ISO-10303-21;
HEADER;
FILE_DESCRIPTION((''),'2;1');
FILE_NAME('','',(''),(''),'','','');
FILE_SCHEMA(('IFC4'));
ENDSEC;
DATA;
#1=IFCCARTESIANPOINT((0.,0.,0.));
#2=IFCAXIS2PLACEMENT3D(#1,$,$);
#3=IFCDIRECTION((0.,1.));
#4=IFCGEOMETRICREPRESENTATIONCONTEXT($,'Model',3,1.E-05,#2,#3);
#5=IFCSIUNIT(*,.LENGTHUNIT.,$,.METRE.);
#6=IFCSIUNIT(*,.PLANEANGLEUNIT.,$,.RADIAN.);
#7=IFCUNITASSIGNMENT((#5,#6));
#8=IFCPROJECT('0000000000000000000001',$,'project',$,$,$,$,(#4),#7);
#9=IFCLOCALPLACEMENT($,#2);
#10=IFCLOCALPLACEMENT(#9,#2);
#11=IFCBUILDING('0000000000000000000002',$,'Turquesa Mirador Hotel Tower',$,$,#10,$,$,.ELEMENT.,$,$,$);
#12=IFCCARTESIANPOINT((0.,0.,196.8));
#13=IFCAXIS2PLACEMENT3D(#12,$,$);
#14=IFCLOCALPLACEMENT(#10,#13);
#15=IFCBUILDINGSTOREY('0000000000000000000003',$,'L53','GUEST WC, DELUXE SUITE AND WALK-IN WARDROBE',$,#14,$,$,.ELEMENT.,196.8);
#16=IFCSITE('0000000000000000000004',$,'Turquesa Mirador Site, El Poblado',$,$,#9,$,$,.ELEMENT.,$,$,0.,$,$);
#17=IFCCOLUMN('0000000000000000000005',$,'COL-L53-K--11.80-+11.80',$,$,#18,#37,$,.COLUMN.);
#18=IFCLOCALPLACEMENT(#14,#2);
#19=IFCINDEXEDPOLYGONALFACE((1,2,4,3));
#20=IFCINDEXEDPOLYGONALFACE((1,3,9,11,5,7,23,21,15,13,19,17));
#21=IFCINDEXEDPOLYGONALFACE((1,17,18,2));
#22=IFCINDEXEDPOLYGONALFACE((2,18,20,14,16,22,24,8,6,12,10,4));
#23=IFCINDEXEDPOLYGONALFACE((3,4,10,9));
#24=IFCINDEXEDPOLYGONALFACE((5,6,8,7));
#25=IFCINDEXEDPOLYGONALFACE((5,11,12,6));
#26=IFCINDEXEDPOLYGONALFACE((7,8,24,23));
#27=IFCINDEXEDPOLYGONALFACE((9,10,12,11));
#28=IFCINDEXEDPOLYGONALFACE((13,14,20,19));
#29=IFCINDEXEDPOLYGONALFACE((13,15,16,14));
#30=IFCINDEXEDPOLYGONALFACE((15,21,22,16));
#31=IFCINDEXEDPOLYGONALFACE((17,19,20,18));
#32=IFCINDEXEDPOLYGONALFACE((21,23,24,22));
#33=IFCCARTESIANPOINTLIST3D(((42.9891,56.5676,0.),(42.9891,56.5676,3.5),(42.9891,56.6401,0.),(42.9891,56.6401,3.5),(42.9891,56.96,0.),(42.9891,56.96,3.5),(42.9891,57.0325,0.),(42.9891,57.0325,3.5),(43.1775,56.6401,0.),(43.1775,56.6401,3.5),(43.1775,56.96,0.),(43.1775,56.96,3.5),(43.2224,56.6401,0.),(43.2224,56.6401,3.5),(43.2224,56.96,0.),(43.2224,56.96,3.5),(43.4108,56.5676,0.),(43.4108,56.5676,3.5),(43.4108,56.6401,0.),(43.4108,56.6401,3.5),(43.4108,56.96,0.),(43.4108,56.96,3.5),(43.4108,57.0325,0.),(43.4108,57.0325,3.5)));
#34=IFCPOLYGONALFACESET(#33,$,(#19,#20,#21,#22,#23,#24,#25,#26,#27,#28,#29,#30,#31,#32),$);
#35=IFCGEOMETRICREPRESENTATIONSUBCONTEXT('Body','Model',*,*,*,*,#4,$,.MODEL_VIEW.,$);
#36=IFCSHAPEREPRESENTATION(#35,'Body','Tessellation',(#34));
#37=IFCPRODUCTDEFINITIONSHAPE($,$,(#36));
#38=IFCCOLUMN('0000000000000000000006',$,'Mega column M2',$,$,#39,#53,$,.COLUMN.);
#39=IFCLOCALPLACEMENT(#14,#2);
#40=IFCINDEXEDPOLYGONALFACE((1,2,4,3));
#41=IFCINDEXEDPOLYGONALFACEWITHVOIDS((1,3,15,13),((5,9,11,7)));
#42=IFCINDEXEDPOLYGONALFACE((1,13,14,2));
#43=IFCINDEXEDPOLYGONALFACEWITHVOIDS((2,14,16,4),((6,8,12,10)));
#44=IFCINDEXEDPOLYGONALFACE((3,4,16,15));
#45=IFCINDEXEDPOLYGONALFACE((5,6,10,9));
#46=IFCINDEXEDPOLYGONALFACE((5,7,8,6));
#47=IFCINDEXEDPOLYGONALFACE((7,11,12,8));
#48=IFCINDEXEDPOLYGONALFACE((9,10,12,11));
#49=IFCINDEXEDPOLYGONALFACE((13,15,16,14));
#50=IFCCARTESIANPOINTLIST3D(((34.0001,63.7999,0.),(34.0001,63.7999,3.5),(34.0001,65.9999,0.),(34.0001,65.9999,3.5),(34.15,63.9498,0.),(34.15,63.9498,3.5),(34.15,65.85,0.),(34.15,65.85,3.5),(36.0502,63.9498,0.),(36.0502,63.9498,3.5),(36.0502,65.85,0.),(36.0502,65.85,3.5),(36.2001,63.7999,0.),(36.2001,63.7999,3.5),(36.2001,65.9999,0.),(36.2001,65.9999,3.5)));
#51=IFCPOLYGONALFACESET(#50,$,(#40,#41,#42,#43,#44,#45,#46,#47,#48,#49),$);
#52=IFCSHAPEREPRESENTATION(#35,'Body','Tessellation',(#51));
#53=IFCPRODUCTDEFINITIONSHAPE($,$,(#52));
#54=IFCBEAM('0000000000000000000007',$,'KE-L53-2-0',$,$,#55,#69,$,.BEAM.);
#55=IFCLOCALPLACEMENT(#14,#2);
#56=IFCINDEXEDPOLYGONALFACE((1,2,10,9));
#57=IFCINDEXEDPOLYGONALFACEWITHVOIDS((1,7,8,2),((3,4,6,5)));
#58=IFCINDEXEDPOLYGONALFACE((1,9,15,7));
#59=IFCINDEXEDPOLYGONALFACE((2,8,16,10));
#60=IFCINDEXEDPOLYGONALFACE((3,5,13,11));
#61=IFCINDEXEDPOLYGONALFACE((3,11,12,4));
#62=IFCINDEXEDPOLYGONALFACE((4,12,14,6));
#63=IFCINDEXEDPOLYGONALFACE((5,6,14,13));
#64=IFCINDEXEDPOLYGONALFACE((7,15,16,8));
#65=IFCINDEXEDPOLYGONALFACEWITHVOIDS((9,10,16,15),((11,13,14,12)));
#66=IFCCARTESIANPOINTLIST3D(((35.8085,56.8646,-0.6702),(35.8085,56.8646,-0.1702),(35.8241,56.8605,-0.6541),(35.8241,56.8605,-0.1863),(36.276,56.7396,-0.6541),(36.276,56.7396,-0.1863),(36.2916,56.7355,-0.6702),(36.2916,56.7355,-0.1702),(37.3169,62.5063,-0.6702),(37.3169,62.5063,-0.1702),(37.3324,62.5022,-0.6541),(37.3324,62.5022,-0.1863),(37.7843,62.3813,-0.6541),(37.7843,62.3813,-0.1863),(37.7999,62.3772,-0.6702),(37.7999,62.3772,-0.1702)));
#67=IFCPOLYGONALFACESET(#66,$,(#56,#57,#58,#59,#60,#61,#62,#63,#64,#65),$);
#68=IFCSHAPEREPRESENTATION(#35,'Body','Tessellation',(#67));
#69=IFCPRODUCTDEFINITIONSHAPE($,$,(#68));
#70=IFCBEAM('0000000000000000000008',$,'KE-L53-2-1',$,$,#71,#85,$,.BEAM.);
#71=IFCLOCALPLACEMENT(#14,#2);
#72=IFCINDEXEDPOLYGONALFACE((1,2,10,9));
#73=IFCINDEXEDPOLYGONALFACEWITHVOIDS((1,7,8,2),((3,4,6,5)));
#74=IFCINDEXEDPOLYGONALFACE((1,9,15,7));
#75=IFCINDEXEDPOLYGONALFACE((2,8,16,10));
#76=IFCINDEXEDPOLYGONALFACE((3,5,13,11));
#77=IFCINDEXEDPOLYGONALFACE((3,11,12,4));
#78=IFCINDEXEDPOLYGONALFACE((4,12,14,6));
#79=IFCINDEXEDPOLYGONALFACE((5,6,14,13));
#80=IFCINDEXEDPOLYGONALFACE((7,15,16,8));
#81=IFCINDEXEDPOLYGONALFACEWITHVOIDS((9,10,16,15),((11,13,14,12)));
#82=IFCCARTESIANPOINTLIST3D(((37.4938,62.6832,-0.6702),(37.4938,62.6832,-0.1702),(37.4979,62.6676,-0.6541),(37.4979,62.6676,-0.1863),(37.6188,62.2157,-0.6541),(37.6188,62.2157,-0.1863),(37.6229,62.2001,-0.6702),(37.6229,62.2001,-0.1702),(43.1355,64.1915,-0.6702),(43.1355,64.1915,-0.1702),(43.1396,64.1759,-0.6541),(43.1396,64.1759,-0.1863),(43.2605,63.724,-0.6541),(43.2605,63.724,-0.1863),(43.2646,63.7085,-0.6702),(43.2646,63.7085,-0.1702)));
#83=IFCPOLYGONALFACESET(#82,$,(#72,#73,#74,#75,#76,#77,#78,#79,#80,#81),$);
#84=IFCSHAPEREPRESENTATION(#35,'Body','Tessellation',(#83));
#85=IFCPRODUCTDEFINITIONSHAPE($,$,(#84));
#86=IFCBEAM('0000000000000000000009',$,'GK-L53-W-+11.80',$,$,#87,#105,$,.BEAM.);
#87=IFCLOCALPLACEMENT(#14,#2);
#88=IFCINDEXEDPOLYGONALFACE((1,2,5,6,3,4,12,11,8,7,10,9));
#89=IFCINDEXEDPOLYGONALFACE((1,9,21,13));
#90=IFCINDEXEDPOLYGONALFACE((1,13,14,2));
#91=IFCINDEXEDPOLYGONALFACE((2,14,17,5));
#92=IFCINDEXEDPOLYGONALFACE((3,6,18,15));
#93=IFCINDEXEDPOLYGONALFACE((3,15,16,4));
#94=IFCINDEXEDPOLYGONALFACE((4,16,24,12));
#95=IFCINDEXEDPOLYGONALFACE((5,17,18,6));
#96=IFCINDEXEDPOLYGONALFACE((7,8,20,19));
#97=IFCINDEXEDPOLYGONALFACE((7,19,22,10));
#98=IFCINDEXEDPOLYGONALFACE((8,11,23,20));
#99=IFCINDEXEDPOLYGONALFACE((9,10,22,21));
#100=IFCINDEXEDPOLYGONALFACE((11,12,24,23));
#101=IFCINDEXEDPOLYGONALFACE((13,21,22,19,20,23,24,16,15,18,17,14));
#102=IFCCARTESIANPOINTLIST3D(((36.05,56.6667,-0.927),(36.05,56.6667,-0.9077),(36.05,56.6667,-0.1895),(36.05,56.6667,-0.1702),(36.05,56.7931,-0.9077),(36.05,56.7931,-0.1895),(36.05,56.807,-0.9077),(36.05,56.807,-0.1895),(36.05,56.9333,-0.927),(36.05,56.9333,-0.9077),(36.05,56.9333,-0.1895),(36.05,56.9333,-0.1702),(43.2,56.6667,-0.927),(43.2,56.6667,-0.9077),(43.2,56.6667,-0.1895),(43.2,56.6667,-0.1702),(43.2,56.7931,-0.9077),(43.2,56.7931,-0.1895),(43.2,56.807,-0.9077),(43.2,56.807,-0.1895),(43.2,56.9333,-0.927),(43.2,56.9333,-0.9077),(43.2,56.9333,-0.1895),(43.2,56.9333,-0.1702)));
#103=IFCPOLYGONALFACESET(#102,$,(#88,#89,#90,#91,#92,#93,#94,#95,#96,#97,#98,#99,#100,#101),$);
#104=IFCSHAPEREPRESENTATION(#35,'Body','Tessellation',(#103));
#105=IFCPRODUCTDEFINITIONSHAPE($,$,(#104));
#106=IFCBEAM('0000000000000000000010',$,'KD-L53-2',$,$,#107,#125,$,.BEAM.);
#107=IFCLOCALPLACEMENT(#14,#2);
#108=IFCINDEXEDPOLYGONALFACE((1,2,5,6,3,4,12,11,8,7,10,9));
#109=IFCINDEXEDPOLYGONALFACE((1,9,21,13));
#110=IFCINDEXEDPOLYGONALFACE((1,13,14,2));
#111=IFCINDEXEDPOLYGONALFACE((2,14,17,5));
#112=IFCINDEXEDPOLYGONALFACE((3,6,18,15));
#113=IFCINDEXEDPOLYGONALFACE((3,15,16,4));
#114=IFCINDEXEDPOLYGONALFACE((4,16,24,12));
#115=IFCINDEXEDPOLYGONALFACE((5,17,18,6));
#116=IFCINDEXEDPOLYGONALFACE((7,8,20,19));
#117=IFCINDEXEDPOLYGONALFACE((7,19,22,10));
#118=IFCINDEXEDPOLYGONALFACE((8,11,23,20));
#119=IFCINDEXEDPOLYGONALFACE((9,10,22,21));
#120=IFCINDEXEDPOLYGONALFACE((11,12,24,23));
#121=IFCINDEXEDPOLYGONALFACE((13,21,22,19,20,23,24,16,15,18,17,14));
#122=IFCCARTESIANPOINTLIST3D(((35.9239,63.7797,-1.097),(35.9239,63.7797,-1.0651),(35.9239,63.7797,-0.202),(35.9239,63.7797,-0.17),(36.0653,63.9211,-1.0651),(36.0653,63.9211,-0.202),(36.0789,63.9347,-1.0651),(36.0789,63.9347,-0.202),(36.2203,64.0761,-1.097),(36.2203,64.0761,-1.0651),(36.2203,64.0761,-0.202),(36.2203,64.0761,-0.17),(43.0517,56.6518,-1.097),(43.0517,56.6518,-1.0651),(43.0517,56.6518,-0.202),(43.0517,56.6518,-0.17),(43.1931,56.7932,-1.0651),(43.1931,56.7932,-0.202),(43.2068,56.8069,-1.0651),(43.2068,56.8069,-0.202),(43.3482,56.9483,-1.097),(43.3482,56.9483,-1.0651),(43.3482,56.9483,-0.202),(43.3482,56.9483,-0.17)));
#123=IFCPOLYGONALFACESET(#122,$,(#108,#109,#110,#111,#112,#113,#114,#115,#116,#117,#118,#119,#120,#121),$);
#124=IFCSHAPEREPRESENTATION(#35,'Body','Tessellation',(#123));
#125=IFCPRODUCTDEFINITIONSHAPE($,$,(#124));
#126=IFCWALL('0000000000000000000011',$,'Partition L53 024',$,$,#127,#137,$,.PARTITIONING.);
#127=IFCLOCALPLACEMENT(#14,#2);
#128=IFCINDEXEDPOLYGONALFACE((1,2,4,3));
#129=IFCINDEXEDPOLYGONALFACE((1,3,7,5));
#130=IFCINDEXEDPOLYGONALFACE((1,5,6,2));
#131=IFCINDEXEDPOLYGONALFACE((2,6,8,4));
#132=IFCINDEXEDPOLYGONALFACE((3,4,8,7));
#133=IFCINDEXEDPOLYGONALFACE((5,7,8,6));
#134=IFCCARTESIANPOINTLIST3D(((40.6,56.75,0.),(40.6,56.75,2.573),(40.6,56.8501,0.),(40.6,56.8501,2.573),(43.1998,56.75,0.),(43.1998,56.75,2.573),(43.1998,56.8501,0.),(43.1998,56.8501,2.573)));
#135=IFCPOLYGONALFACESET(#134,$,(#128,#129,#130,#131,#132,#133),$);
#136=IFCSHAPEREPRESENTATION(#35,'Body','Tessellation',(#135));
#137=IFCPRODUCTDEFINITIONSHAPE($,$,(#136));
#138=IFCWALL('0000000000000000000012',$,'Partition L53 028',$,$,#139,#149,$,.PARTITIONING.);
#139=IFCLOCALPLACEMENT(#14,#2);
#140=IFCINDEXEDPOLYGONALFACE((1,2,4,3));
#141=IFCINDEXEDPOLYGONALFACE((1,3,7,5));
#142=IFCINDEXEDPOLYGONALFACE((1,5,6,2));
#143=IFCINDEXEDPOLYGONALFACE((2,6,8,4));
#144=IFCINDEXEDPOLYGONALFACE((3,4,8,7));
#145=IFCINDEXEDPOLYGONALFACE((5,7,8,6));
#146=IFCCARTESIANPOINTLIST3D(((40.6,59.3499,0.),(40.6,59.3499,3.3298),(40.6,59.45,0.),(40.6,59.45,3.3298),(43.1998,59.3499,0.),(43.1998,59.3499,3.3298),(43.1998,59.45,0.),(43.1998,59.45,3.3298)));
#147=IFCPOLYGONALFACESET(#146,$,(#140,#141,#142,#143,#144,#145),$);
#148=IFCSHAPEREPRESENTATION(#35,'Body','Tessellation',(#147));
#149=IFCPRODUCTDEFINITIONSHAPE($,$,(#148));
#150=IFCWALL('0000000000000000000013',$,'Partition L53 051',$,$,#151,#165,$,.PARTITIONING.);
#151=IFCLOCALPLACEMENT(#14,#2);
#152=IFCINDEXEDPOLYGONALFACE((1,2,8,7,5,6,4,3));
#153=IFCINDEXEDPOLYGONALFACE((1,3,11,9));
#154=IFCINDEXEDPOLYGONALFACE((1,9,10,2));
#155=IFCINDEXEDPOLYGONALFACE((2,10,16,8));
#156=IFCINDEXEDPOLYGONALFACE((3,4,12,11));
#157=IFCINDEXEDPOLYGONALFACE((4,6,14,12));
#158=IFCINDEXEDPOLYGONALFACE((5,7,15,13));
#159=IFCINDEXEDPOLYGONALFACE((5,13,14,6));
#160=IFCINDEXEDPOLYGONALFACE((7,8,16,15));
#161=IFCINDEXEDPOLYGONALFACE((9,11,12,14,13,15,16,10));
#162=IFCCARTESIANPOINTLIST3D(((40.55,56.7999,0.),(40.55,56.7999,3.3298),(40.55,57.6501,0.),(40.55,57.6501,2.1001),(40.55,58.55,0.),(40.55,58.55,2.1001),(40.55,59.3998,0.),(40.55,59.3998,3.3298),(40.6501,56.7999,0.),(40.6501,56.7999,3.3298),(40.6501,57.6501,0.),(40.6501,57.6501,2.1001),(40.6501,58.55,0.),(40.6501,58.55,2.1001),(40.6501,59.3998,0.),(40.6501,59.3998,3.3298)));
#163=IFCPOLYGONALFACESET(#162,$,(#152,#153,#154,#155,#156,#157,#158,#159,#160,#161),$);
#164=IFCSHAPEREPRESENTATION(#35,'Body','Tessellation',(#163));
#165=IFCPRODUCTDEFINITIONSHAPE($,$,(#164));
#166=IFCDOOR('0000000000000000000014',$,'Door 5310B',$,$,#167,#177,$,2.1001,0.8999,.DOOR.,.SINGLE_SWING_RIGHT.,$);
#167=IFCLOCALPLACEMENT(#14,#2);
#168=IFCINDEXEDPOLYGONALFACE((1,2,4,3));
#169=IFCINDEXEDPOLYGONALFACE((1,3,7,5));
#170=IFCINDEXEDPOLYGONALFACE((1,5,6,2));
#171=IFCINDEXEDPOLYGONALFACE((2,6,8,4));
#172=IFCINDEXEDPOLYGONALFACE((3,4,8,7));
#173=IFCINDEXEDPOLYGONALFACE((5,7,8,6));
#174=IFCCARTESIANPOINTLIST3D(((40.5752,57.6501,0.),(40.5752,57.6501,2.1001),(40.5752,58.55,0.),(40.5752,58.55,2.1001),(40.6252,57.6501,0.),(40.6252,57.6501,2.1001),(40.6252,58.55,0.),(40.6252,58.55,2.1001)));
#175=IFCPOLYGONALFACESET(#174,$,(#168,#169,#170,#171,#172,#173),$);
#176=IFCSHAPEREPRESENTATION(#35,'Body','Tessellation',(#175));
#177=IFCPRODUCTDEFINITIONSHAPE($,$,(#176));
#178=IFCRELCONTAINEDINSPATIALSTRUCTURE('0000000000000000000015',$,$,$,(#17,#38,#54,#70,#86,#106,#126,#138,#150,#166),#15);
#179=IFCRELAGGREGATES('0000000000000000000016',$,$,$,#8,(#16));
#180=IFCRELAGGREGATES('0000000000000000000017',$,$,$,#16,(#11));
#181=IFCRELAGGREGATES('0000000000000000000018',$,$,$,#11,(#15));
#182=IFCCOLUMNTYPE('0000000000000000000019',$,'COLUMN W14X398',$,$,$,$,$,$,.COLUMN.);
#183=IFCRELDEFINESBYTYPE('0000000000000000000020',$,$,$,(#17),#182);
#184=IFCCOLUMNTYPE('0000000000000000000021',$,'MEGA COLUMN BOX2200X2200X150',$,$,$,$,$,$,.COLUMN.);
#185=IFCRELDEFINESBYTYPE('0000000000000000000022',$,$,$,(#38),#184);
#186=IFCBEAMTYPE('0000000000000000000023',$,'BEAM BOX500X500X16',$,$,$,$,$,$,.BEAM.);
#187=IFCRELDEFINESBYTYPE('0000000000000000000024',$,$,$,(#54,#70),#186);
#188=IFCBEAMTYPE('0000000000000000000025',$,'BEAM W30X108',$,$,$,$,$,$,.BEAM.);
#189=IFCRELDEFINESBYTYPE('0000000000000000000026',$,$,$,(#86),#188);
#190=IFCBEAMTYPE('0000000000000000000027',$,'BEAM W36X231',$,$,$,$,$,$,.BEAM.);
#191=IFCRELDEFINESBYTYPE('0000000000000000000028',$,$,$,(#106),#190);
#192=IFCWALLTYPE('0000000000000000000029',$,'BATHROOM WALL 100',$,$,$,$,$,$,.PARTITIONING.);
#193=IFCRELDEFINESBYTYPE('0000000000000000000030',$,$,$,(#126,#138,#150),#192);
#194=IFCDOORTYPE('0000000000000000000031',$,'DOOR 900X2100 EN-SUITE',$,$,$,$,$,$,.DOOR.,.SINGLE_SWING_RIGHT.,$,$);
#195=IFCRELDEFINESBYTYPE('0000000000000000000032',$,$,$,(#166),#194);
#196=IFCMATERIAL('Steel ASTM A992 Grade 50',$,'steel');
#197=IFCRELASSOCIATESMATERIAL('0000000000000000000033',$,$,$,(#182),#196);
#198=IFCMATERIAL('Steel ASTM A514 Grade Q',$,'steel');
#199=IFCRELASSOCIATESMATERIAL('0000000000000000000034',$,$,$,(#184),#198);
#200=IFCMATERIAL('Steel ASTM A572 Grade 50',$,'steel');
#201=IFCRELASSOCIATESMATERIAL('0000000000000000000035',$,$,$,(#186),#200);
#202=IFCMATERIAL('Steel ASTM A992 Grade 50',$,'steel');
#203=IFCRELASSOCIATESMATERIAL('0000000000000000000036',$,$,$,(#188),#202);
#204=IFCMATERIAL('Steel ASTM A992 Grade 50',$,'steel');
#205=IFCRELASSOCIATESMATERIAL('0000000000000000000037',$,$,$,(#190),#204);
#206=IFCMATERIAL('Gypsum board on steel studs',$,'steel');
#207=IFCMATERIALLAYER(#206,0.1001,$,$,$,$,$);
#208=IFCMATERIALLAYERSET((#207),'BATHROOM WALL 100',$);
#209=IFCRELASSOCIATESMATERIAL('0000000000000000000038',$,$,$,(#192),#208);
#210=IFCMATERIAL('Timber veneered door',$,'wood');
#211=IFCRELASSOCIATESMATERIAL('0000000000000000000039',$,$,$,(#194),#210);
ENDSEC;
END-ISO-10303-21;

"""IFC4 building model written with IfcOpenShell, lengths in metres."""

from ifc_helpers import new_model, si_unit, direction, frame, frame_2d, origin, origin_2d, place, context, subcontext, project, spatial, rectangle, hollow_rectangle, i_section, extrude, material, layer, layer_set, material_profile, profile_set, type_object, element, fill, save


model = new_model("IFC4")

# Units and contexts
model_context = context("Model", 3, precision=1e-05, world=origin(), true_north=direction((0.0, 1.0)))
body_context = subcontext(model_context, "Body", "Model", "MODEL_VIEW")
ifc_project = project(units=[si_unit("LENGTHUNIT", "METRE"), si_unit("PLANEANGLEUNIT", "RADIAN")], contexts=[model_context])

# Site, building, storey
site_placement = place(None, origin())
site = spatial("IfcSite", under=ifc_project, at=site_placement, Name="Turquesa Mirador Site, El Poblado", CompositionType="ELEMENT", RefElevation=0.0)
building_placement = place(site_placement, origin())
building = spatial("IfcBuilding", under=site, at=building_placement, Name="Turquesa Mirador Hotel Tower", CompositionType="ELEMENT")
storey_placement = place(building_placement, frame((0.0, 0.0, 196.8)))
storey = spatial("IfcBuildingStorey", under=building, at=storey_placement, Name="L53", Description="GUEST WC, DELUXE SUITE AND WALK-IN WARDROBE", CompositionType="ELEMENT", Elevation=196.8)

# Columns
ifc_material_1 = material(Name="Steel ASTM A992 Grade 50", Category="steel")
ifc_material_profile_1 = material_profile(ifc_material_1, i_section(OverallWidth=0.4216, OverallDepth=0.4648, WebThickness=0.0449, FlangeThickness=0.0725, at=origin_2d()), Name="W14X398")
ifc_profile_set_1 = profile_set([ifc_material_profile_1], Name="Steel ASTM A992 Grade 50")
column_type_1 = type_object("IfcColumnType", Name="COLUMN W14X398", PredefinedType="COLUMN", material=ifc_profile_set_1)
column_1_placement = place(storey_placement, frame((43.2, 56.8, 0.0), z_axis=(0.0, 0.0, 1.0), x_axis=(1.0, 0.0, 0.0)))
element("IfcColumn", 1, at=column_1_placement, inside=storey, type_object=column_type_1, Name="COL-L53-K--11.80-+11.80", PredefinedType="COLUMN", context=body_context, shape_type="SweptSolid", body=[
    extrude(i_section(OverallWidth=0.4216, OverallDepth=0.4648, WebThickness=0.0449, FlangeThickness=0.0725, at=origin_2d()), origin(), (0.0, 0.0, 1.0), 3.5),
])
ifc_material_2 = material(Name="Steel ASTM A514 Grade Q", Category="steel")
ifc_material_profile_2 = material_profile(ifc_material_2, hollow_rectangle(XDim=2.2, YDim=2.2, WallThickness=0.1499, at=origin_2d()), Name="BOX2200X2200X150")
ifc_profile_set_2 = profile_set([ifc_material_profile_2], Name="Steel ASTM A514 Grade Q")
column_type_2 = type_object("IfcColumnType", Name="MEGA COLUMN BOX2200X2200X150", PredefinedType="COLUMN", material=ifc_profile_set_2)
column_2_placement = place(storey_placement, frame((35.1001, 64.8999, 0.0), z_axis=(0.0, 0.0, 1.0), x_axis=(1.0, 0.0, 0.0)))
element("IfcColumn", 2, at=column_2_placement, inside=storey, type_object=column_type_2, Name="Mega column M2", PredefinedType="COLUMN", context=body_context, shape_type="SweptSolid", body=[
    extrude(hollow_rectangle(XDim=2.2, YDim=2.2, WallThickness=0.1499, at=origin_2d()), origin(), (0.0, 0.0, 1.0), 3.5),
])

# Beams
ifc_material_3 = material(Name="Steel ASTM A572 Grade 50", Category="steel")
ifc_material_profile_3 = material_profile(ifc_material_3, hollow_rectangle(XDim=0.5, YDim=0.5, WallThickness=0.0161, at=origin_2d()), Name="BOX500X500X16")
ifc_profile_set_3 = profile_set([ifc_material_profile_3], Name="Steel ASTM A572 Grade 50")
beam_type_1 = type_object("IfcBeamType", Name="BEAM BOX500X500X16", PredefinedType="BEAM", material=ifc_profile_set_3)
for number, where, z_axis, x_axis, name in (
    (3, (36.05, 56.8, -0.4202), (0.258282, 0.96607, 0.0), (-0.96607, 0.258282, 0.0), "KE-L53-2-0"),
    (4, (37.5583, 62.4417, -0.4202), (0.96607, 0.258282, 0.0), (-0.258282, 0.96607, 0.0), "KE-L53-2-1"),
):
    element("IfcBeam", number, at=place(storey_placement, frame(where, z_axis=z_axis, x_axis=x_axis)), inside=storey, type_object=beam_type_1, Name=name, PredefinedType="BEAM", context=body_context, shape_type="SweptSolid", body=[
        extrude(hollow_rectangle(XDim=0.5, YDim=0.5, WallThickness=0.0161, at=origin_2d()), origin(), (0.0, 0.0, 1.0), 5.8398),
    ])
ifc_material_4 = material(Name="Steel ASTM A992 Grade 50", Category="steel")
ifc_material_profile_4 = material_profile(ifc_material_4, i_section(OverallWidth=0.2666, OverallDepth=0.7568, WebThickness=0.0139, FlangeThickness=0.0193, at=origin_2d()), Name="W30X108")
ifc_profile_set_4 = profile_set([ifc_material_profile_4], Name="Steel ASTM A992 Grade 50")
beam_type_2 = type_object("IfcBeamType", Name="BEAM W30X108", PredefinedType="BEAM", material=ifc_profile_set_4)
beam_1_placement = place(storey_placement, frame((36.05, 56.8, -0.5486), z_axis=(1.0, 0.0, 0.0), x_axis=(0.0, 1.0, 0.0)))
element("IfcBeam", 5, at=beam_1_placement, inside=storey, type_object=beam_type_2, Name="GK-L53-W-+11.80", PredefinedType="BEAM", context=body_context, shape_type="SweptSolid", body=[
    extrude(i_section(OverallWidth=0.2666, OverallDepth=0.7568, WebThickness=0.0139, FlangeThickness=0.0193, at=origin_2d()), origin(), (0.0, 0.0, 1.0), 7.1499),
])
ifc_material_5 = material(Name="Steel ASTM A992 Grade 50", Category="steel")
ifc_material_profile_5 = material_profile(ifc_material_5, i_section(OverallWidth=0.4192, OverallDepth=0.927, WebThickness=0.0193, FlangeThickness=0.032, at=origin_2d()), Name="W36X231")
ifc_profile_set_5 = profile_set([ifc_material_profile_5], Name="Steel ASTM A992 Grade 50")
beam_type_3 = type_object("IfcBeamType", Name="BEAM W36X231", PredefinedType="BEAM", material=ifc_profile_set_5)
beam_2_placement = place(storey_placement, frame((43.2, 56.8, -0.6335), z_axis=(-0.707107, 0.707107, 0.0), x_axis=(-0.707107, -0.707107, 0.0)))
element("IfcBeam", 6, at=beam_2_placement, inside=storey, type_object=beam_type_3, Name="KD-L53-2", PredefinedType="BEAM", context=body_context, shape_type="SweptSolid", body=[
    extrude(i_section(OverallWidth=0.4192, OverallDepth=0.927, WebThickness=0.0193, FlangeThickness=0.032, at=origin_2d()), origin(), (0.0, 0.0, 1.0), 10.0803),
])

# Walls
ifc_material_6 = material(Name="Gypsum board on steel studs", Category="steel")
ifc_layer_1 = layer(ifc_material_6, 0.1001)
ifc_layer_set_1 = layer_set([ifc_layer_1], Name="BATHROOM WALL 100")
wall_type_1 = type_object("IfcWallType", Name="BATHROOM WALL 100", PredefinedType="PARTITIONING", material=ifc_layer_set_1)
wall_1_placement = place(storey_placement, frame((40.6001, 56.8, 0.0), z_axis=(0.0, 0.0, 1.0), x_axis=(1.0, 0.0, 0.0)))
element("IfcWall", 7, at=wall_1_placement, inside=storey, type_object=wall_type_1, Name="Partition L53 024", PredefinedType="PARTITIONING", context=body_context, shape_type="SweptSolid", body=[
    extrude(rectangle(XDim=2.5999, YDim=0.1001, at=frame_2d((1.2998, 0.0))), origin(), (0.0, 0.0, 1.0), 2.573),
])
wall_2_placement = place(storey_placement, frame((40.6001, 59.3999, 0.0), z_axis=(0.0, 0.0, 1.0), x_axis=(1.0, 0.0, 0.0)))
element("IfcWall", 8, at=wall_2_placement, inside=storey, type_object=wall_type_1, Name="Partition L53 028", PredefinedType="PARTITIONING", context=body_context, shape_type="SweptSolid", body=[
    extrude(rectangle(XDim=2.5999, YDim=0.1001, at=frame_2d((1.2998, 0.0))), origin(), (0.0, 0.0, 1.0), 3.3298),
])

# Wall, opening, door
wall_3_placement = place(storey_placement, frame((40.6001, 56.8, 0.0), z_axis=(0.0, 0.0, 1.0), x_axis=(0.0, 1.0, 0.0)))
wall_3 = element("IfcWall", 9, at=wall_3_placement, inside=storey, type_object=wall_type_1, Name="Partition L53 051", PredefinedType="PARTITIONING", context=body_context, shape_type="SweptSolid", body=[
    extrude(rectangle(XDim=2.5999, YDim=0.1001, at=frame_2d((1.2998, 0.0))), origin(), (0.0, 0.0, 1.0), 3.3298),
])
opening_1_placement = place(wall_3_placement, frame((0.8501, 0.0, 0.0)))
opening_1 = element("IfcOpeningElement", 10, at=opening_1_placement, cuts=wall_3, PredefinedType="OPENING", context=body_context, shape_type="SweptSolid", body=[
    extrude(rectangle(XDim=0.8999, YDim=2.1001, at=frame_2d((0.45, 1.05))), frame((0.0, 0.0601, 0.0), z_axis=(0.0, -1.0, 0.0), x_axis=(1.0, 0.0, 0.0)), (0.0, 0.0, 1.0), 0.1201),
])
ifc_material_7 = material(Name="Timber veneered door", Category="wood")
door_type_1 = type_object("IfcDoorType", Name="DOOR 900X2100 EN-SUITE", OperationType="SINGLE_SWING_RIGHT", PredefinedType="DOOR", material=ifc_material_7)
door_1_placement = place(opening_1_placement, origin())
door_1 = element("IfcDoor", 11, at=door_1_placement, inside=storey, type_object=door_type_1, Name="Door 5310B", OperationType="SINGLE_SWING_RIGHT", OverallHeight=2.1001, OverallWidth=0.8999, PredefinedType="DOOR", context=body_context, shape_type="SweptSolid", body=[
    extrude(rectangle(XDim=0.8999, YDim=2.1001, at=frame_2d((0.45, 1.05))), frame((0.0, 0.0249, 0.0), z_axis=(0.0, -1.0, 0.0), x_axis=(1.0, 0.0, 0.0)), (0.0, 0.0, 1.0), 0.05),
])
fill(opening_1, door_1)

save(model, "model.ifc")
